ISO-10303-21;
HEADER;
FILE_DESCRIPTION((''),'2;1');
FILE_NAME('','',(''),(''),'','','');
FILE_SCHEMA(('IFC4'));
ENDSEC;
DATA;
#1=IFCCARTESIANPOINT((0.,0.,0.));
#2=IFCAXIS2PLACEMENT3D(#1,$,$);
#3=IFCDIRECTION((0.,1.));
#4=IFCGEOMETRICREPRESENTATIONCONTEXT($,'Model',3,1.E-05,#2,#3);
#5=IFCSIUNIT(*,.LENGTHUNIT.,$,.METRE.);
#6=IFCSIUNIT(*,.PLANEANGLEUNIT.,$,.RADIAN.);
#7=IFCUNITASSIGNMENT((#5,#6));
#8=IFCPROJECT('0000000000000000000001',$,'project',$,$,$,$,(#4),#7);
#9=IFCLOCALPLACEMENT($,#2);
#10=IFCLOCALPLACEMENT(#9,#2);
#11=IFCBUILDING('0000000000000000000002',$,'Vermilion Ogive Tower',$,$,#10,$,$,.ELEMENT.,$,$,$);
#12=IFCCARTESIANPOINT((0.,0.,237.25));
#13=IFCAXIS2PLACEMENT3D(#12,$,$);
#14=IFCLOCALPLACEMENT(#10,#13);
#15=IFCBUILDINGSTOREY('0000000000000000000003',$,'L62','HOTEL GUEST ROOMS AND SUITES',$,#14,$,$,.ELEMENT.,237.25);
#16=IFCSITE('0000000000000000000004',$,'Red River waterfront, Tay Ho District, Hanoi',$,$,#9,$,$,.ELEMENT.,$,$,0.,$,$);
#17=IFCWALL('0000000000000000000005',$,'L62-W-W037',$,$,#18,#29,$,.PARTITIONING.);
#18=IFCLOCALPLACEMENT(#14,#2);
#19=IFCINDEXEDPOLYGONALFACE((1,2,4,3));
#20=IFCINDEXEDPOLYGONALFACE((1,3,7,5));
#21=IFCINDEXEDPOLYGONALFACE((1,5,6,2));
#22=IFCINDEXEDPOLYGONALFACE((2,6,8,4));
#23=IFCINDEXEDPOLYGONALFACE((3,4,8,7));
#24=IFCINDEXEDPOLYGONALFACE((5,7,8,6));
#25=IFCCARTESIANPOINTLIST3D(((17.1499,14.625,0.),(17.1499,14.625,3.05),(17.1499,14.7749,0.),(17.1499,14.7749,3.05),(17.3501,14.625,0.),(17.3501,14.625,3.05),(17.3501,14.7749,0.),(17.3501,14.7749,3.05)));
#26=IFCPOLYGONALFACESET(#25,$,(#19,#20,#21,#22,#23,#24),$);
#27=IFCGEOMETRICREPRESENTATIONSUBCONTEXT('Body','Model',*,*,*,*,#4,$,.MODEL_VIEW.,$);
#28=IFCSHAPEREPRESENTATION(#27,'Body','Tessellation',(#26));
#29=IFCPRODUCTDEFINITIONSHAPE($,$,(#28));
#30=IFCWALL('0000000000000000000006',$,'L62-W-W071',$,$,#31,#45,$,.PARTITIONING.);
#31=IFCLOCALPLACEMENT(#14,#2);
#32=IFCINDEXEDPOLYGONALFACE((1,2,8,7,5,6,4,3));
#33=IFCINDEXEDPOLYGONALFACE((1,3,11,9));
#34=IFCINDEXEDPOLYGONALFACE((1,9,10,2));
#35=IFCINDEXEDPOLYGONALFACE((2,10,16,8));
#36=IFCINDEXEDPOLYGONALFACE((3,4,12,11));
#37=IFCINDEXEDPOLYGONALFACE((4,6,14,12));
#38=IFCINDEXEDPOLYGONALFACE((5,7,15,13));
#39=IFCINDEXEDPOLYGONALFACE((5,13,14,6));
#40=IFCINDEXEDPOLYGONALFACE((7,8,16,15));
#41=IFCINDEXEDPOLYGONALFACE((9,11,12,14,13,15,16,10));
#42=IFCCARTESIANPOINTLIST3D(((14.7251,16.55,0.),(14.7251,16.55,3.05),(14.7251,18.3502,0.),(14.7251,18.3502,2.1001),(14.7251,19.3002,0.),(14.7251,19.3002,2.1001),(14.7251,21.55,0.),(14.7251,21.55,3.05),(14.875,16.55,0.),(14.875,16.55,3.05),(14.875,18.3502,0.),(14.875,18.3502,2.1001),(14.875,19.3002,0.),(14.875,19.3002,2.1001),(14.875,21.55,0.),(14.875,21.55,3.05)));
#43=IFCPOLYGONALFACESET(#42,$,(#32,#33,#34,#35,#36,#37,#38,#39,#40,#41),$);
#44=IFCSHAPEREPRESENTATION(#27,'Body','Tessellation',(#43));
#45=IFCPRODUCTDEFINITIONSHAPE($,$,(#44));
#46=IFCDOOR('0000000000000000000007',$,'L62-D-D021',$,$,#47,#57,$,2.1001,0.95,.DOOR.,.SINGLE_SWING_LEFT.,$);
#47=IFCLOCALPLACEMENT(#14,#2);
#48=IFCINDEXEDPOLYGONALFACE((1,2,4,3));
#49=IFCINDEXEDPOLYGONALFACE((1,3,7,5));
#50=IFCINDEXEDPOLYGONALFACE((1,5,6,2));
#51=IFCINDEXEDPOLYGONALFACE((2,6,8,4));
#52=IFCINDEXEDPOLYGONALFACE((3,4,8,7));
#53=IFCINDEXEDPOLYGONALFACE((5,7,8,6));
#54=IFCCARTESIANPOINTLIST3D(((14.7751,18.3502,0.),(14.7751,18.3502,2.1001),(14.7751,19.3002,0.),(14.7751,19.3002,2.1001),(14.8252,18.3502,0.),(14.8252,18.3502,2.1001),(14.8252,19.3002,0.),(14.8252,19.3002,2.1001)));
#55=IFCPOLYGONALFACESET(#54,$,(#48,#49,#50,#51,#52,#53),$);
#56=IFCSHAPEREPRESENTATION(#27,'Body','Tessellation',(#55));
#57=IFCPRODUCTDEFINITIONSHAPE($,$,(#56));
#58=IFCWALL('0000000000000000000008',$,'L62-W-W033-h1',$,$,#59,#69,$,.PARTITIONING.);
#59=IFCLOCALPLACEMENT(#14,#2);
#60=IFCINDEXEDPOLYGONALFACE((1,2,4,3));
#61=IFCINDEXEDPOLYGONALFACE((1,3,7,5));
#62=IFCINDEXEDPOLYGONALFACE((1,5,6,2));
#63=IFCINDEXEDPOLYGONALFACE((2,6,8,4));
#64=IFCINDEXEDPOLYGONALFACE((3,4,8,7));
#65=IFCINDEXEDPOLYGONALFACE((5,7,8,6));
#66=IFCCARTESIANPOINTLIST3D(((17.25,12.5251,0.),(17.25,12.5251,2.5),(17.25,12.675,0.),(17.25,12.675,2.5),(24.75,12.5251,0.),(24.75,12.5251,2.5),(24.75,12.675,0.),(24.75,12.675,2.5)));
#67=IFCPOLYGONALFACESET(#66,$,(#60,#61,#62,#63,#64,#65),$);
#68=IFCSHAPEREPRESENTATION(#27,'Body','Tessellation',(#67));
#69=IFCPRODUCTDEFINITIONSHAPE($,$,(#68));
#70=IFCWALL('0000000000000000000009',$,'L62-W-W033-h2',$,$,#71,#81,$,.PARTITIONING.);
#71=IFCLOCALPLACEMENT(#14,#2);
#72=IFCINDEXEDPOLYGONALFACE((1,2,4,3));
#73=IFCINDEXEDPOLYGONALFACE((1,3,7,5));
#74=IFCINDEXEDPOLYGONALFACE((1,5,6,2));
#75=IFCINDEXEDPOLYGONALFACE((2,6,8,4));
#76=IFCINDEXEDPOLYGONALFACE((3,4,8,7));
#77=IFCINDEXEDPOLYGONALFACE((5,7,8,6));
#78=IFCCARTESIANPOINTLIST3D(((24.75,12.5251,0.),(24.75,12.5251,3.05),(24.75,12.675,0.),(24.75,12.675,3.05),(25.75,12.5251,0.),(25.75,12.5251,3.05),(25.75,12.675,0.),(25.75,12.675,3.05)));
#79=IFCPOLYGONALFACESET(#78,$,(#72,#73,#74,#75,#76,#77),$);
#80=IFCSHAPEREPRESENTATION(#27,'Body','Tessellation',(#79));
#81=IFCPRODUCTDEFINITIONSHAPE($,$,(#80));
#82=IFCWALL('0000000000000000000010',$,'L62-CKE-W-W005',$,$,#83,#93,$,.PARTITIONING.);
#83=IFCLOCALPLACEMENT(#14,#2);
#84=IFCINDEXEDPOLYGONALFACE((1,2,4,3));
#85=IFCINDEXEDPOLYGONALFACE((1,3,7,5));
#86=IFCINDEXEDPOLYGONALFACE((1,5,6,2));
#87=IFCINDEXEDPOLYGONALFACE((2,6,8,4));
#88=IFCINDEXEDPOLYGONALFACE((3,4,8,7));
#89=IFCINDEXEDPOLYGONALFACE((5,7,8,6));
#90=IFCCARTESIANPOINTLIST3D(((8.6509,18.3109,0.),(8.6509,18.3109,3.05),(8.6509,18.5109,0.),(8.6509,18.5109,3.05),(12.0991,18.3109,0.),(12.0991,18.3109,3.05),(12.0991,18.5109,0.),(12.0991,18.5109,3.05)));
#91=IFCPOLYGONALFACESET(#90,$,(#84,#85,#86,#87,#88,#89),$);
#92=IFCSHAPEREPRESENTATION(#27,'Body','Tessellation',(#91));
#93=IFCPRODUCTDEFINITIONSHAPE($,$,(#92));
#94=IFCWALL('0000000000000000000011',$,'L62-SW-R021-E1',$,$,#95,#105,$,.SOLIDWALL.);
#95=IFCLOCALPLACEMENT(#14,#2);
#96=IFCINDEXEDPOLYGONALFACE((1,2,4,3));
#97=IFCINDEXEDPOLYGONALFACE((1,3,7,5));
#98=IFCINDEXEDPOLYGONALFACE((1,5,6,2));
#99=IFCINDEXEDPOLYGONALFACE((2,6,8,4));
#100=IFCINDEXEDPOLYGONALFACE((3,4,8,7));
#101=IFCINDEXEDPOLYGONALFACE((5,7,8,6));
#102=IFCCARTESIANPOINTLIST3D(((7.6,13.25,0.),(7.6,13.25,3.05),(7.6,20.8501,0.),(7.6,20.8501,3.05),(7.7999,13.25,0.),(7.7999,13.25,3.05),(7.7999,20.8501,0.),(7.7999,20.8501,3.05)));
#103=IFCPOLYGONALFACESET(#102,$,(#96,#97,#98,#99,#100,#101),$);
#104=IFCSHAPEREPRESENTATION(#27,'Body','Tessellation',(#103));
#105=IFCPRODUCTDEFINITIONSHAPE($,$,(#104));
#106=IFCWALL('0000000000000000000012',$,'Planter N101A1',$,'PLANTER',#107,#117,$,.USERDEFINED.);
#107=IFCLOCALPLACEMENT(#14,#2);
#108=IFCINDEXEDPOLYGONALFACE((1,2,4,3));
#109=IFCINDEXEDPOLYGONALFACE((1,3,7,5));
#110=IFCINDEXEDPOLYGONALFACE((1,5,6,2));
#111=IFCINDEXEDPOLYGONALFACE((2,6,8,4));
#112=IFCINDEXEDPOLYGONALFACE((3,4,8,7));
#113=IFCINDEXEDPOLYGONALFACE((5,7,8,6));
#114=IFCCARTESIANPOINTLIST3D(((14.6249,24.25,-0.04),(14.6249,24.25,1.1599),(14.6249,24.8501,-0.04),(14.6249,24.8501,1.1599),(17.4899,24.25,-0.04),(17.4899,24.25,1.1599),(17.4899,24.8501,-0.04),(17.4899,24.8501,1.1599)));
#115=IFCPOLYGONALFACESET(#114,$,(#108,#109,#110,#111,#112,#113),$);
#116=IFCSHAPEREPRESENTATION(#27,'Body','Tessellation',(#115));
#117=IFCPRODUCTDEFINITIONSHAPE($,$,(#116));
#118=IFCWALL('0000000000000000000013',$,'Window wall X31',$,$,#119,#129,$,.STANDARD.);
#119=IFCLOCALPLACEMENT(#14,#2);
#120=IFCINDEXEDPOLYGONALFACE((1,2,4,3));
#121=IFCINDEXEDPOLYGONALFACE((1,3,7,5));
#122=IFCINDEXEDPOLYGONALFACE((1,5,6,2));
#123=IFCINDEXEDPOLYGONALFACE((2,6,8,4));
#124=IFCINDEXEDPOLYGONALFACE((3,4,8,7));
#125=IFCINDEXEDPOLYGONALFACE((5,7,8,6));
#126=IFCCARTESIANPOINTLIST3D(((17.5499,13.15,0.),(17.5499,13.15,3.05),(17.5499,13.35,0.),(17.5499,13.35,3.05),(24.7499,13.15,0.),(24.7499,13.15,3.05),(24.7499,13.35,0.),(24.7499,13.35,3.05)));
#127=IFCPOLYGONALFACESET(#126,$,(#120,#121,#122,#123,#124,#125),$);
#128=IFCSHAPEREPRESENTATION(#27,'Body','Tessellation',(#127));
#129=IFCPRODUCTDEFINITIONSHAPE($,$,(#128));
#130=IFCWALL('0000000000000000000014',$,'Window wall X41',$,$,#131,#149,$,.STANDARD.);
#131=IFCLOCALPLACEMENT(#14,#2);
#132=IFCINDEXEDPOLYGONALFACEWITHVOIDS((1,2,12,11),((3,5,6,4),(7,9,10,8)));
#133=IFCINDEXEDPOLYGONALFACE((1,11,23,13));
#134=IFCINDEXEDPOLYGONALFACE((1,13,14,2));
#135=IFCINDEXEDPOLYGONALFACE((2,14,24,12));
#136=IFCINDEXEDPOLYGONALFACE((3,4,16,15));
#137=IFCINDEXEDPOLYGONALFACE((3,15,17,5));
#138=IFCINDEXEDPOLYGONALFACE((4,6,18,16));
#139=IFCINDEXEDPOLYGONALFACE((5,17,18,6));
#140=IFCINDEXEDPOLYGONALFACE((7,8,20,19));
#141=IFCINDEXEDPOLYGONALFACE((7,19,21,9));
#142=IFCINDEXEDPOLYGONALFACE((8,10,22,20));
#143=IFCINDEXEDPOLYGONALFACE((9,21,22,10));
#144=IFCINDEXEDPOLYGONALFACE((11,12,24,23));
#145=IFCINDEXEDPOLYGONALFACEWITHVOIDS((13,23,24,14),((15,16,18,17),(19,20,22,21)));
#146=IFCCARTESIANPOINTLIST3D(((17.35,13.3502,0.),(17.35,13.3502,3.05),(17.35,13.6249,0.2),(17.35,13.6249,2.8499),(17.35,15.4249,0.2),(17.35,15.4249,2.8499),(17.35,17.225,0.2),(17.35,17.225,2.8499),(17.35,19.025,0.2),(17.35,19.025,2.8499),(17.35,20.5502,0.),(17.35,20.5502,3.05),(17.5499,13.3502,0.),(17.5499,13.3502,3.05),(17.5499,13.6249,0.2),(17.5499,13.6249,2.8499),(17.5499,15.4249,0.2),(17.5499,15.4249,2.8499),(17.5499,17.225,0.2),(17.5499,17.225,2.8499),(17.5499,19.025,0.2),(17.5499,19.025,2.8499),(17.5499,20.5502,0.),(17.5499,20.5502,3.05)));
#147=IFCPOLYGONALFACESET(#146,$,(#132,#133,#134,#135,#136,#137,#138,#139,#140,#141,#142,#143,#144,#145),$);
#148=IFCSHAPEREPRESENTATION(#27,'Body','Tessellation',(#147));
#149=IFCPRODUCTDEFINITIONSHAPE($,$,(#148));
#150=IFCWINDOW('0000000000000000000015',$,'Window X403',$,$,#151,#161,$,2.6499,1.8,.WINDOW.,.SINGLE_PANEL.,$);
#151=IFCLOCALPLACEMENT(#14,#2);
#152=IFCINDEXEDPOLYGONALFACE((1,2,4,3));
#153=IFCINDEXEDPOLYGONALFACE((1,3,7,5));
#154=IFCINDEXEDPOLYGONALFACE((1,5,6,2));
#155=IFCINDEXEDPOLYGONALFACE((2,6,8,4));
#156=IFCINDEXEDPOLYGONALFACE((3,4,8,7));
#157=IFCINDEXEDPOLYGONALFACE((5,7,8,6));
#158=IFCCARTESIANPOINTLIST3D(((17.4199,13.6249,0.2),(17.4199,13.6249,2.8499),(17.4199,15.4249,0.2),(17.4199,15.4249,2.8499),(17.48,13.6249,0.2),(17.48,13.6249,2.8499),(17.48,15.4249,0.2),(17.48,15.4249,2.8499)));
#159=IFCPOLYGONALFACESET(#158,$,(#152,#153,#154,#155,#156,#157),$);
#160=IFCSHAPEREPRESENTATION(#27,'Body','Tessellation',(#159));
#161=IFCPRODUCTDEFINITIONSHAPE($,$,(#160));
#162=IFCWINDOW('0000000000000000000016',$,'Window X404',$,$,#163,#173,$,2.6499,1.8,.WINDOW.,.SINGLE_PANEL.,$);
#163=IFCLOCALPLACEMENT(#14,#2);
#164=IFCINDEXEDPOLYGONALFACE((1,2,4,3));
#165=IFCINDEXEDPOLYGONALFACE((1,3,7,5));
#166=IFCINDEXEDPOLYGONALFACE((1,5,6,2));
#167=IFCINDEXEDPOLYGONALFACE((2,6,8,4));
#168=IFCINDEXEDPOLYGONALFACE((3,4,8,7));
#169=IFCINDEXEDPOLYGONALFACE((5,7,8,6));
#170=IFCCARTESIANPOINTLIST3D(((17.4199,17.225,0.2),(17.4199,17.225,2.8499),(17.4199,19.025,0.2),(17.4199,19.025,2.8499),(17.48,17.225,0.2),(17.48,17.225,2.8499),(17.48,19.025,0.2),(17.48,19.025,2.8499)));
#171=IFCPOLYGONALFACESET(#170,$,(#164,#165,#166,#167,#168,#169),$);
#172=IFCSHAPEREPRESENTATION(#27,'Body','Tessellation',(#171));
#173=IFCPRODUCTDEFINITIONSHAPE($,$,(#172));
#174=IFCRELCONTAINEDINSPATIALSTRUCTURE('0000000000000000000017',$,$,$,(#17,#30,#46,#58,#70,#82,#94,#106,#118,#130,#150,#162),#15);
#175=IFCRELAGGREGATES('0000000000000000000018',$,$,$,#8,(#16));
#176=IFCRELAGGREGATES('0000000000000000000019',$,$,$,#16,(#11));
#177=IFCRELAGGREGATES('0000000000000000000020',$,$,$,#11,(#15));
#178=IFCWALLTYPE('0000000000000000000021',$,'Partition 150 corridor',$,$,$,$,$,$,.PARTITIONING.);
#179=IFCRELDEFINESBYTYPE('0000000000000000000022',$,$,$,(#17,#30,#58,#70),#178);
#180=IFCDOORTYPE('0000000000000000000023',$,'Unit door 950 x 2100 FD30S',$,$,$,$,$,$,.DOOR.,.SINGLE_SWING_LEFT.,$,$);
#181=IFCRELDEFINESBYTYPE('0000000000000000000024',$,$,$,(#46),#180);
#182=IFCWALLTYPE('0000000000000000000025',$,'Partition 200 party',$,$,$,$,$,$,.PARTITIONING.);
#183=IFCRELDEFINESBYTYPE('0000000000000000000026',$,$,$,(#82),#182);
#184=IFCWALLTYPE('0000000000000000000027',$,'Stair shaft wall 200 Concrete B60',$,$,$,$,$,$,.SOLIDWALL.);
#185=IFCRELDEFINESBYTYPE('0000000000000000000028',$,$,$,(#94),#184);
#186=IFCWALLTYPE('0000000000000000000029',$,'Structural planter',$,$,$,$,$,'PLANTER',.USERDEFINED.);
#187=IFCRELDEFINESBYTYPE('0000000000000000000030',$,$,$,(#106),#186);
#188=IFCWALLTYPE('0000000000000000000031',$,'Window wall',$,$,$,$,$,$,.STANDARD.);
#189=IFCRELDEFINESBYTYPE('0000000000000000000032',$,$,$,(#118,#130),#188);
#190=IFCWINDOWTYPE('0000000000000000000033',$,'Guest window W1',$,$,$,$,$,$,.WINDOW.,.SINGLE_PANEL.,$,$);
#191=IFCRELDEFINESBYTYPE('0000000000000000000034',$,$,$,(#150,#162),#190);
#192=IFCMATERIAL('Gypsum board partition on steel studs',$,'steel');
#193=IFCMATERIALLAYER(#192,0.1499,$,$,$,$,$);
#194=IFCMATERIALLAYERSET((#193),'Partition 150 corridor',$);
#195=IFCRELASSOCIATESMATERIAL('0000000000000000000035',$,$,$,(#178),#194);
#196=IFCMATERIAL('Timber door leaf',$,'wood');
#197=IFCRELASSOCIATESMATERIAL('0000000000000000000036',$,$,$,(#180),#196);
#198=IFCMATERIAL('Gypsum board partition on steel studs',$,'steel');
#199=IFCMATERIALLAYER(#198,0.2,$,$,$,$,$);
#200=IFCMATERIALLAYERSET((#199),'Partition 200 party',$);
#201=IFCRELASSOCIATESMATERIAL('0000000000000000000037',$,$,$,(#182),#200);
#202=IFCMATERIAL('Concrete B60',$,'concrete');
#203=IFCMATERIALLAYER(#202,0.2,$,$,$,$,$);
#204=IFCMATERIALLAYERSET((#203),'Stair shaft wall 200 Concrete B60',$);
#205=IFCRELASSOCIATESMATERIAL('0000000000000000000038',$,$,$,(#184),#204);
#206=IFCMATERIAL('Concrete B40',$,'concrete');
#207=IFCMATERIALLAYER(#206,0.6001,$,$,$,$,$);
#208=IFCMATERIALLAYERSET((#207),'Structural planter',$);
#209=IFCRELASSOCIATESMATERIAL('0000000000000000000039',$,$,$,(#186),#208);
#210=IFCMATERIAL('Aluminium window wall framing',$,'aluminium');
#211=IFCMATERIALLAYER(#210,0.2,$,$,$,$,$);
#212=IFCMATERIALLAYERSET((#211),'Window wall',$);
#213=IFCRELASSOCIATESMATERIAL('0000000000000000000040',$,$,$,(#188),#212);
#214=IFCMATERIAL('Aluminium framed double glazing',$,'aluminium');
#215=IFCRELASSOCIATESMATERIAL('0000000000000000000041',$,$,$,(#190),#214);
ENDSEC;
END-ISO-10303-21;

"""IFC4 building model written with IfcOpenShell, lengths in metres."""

from ifc_helpers import new_model, si_unit, direction, frame, frame_2d, origin, place, context, subcontext, project, spatial, rectangle, extrude, material, layer, layer_set, type_object, element, fill, save


model = new_model("IFC4")

# Units and contexts
model_context = context("Model", 3, precision=1e-05, world=origin(), true_north=direction((0.0, 1.0)))
body_context = subcontext(model_context, "Body", "Model", "MODEL_VIEW")
ifc_project = project(units=[si_unit("LENGTHUNIT", "METRE"), si_unit("PLANEANGLEUNIT", "RADIAN")], contexts=[model_context])

# Site, building, storey
site_placement = place(None, origin())
site = spatial("IfcSite", under=ifc_project, at=site_placement, Name="Red River waterfront, Tay Ho District, Hanoi", CompositionType="ELEMENT", RefElevation=0.0)
building_placement = place(site_placement, origin())
building = spatial("IfcBuilding", under=site, at=building_placement, Name="Vermilion Ogive Tower", CompositionType="ELEMENT")
storey_placement = place(building_placement, frame((0.0, 0.0, 237.25)))
storey = spatial("IfcBuildingStorey", under=building, at=storey_placement, Name="L62", Description="HOTEL GUEST ROOMS AND SUITES", CompositionType="ELEMENT", Elevation=237.25)

# Wall
ifc_material_1 = material(Name="Gypsum board partition on steel studs", Category="steel")
ifc_layer_1 = layer(ifc_material_1, 0.1499)
ifc_layer_set_1 = layer_set([ifc_layer_1], Name="Partition 150 corridor")
wall_type_1 = type_object("IfcWallType", Name="Partition 150 corridor", PredefinedType="PARTITIONING", material=ifc_layer_set_1)
wall_1_placement = place(storey_placement, frame((17.1499, 14.7, 0.0), z_axis=(0.0, 0.0, 1.0), x_axis=(1.0, 0.0, 0.0)))
element("IfcWall", 1, at=wall_1_placement, inside=storey, type_object=wall_type_1, Name="L62-W-W037", PredefinedType="PARTITIONING", context=body_context, shape_type="SweptSolid", body=[
    extrude(rectangle(XDim=0.2002, YDim=0.1499, at=frame_2d((0.1001, 0.0))), origin(), (0.0, 0.0, 1.0), 3.05),
])

# Wall, opening, door
wall_2_placement = place(storey_placement, frame((14.8, 16.55, 0.0), z_axis=(0.0, 0.0, 1.0), x_axis=(0.0, 1.0, 0.0)))
wall_2 = element("IfcWall", 2, at=wall_2_placement, inside=storey, type_object=wall_type_1, Name="L62-W-W071", PredefinedType="PARTITIONING", context=body_context, shape_type="SweptSolid", body=[
    extrude(rectangle(XDim=5.0, YDim=0.1499, at=frame_2d((2.5, 0.0))), origin(), (0.0, 0.0, 1.0), 3.05),
])
opening_1_placement = place(wall_2_placement, frame((1.8, 0.0, 0.0)))
opening_1 = element("IfcOpeningElement", 3, at=opening_1_placement, cuts=wall_2, PredefinedType="OPENING", context=body_context, shape_type="SweptSolid", body=[
    extrude(rectangle(XDim=0.95, YDim=2.1001, at=frame_2d((0.4751, 1.05))), frame((0.0, 0.085, 0.0), z_axis=(0.0, -1.0, 0.0), x_axis=(1.0, 0.0, 0.0)), (0.0, 0.0, 1.0), 0.1699),
])
ifc_material_2 = material(Name="Timber door leaf", Category="wood")
door_type_1 = type_object("IfcDoorType", Name="Unit door 950 x 2100 FD30S", OperationType="SINGLE_SWING_LEFT", PredefinedType="DOOR", material=ifc_material_2)
door_1_placement = place(opening_1_placement, origin())
door_1 = element("IfcDoor", 4, at=door_1_placement, inside=storey, type_object=door_type_1, Name="L62-D-D021", OperationType="SINGLE_SWING_LEFT", OverallHeight=2.1001, OverallWidth=0.95, PredefinedType="DOOR", context=body_context, shape_type="SweptSolid", body=[
    extrude(rectangle(XDim=0.95, YDim=2.1001, at=frame_2d((0.4751, 1.05))), frame((0.0, 0.0249, 0.0), z_axis=(0.0, -1.0, 0.0), x_axis=(1.0, 0.0, 0.0)), (0.0, 0.0, 1.0), 0.05),
])
fill(opening_1, door_1)

# Walls
wall_3_placement = place(storey_placement, frame((17.25, 12.6001, 0.0), z_axis=(0.0, 0.0, 1.0), x_axis=(1.0, 0.0, 0.0)))
element("IfcWall", 5, at=wall_3_placement, inside=storey, type_object=wall_type_1, Name="L62-W-W033-h1", PredefinedType="PARTITIONING", context=body_context, shape_type="SweptSolid", body=[
    extrude(rectangle(XDim=7.5, YDim=0.1499, at=frame_2d((3.75, 0.0))), origin(), (0.0, 0.0, 1.0), 2.5),
])
wall_4_placement = place(storey_placement, frame((24.75, 12.6001, 0.0), z_axis=(0.0, 0.0, 1.0), x_axis=(1.0, 0.0, 0.0)))
element("IfcWall", 6, at=wall_4_placement, inside=storey, type_object=wall_type_1, Name="L62-W-W033-h2", PredefinedType="PARTITIONING", context=body_context, shape_type="SweptSolid", body=[
    extrude(rectangle(XDim=1.0, YDim=0.1499, at=frame_2d((0.5, 0.0))), origin(), (0.0, 0.0, 1.0), 3.05),
])
ifc_material_3 = material(Name="Gypsum board partition on steel studs", Category="steel")
ifc_layer_2 = layer(ifc_material_3, 0.2)
ifc_layer_set_2 = layer_set([ifc_layer_2], Name="Partition 200 party")
wall_type_2 = type_object("IfcWallType", Name="Partition 200 party", PredefinedType="PARTITIONING", material=ifc_layer_set_2)
wall_5_placement = place(storey_placement, frame((8.6509, 18.4109, 0.0), z_axis=(0.0, 0.0, 1.0), x_axis=(1.0, 0.0, 0.0)))
element("IfcWall", 7, at=wall_5_placement, inside=storey, type_object=wall_type_2, Name="L62-CKE-W-W005", PredefinedType="PARTITIONING", context=body_context, shape_type="SweptSolid", body=[
    extrude(rectangle(XDim=3.4482, YDim=0.2, at=frame_2d((1.7241, 0.0))), origin(), (0.0, 0.0, 1.0), 3.05),
])
ifc_material_4 = material(Name="Concrete B60", Category="concrete")
ifc_layer_3 = layer(ifc_material_4, 0.2)
ifc_layer_set_3 = layer_set([ifc_layer_3], Name="Stair shaft wall 200 Concrete B60")
wall_type_3 = type_object("IfcWallType", Name="Stair shaft wall 200 Concrete B60", PredefinedType="SOLIDWALL", material=ifc_layer_set_3)
wall_6_placement = place(storey_placement, frame((7.7, 13.25, 0.0), z_axis=(0.0, 0.0, 1.0), x_axis=(0.0, 1.0, 0.0)))
element("IfcWall", 8, at=wall_6_placement, inside=storey, type_object=wall_type_3, Name="L62-SW-R021-E1", PredefinedType="SOLIDWALL", context=body_context, shape_type="SweptSolid", body=[
    extrude(rectangle(XDim=7.6001, YDim=0.2, at=frame_2d((3.8, 0.0))), origin(), (0.0, 0.0, 1.0), 3.05),
])
ifc_material_5 = material(Name="Concrete B40", Category="concrete")
ifc_layer_4 = layer(ifc_material_5, 0.6001)
ifc_layer_set_4 = layer_set([ifc_layer_4], Name="Structural planter")
wall_type_4 = type_object("IfcWallType", Name="Structural planter", ElementType="PLANTER", PredefinedType="USERDEFINED", material=ifc_layer_set_4)
wall_7_placement = place(storey_placement, frame((17.49, 24.55, -0.04), z_axis=(0.0, 0.0, 1.0), x_axis=(-1.0, 0.0, 0.0)))
element("IfcWall", 9, at=wall_7_placement, inside=storey, type_object=wall_type_4, Name="Planter N101A1", ObjectType="PLANTER", PredefinedType="USERDEFINED", context=body_context, shape_type="SweptSolid", body=[
    extrude(rectangle(XDim=2.865, YDim=0.6001, at=frame_2d((1.4326, 0.0))), origin(), (0.0, 0.0, 1.0), 1.2),
])
ifc_material_6 = material(Name="Aluminium window wall framing", Category="aluminium")
ifc_layer_5 = layer(ifc_material_6, 0.2)
ifc_layer_set_5 = layer_set([ifc_layer_5], Name="Window wall")
wall_type_5 = type_object("IfcWallType", Name="Window wall", PredefinedType="STANDARD", material=ifc_layer_set_5)
wall_8_placement = place(storey_placement, frame((24.75, 13.25, 0.0), z_axis=(0.0, 0.0, 1.0), x_axis=(-1.0, 0.0, 0.0)))
element("IfcWall", 10, at=wall_8_placement, inside=storey, type_object=wall_type_5, Name="Window wall X31", PredefinedType="STANDARD", context=body_context, shape_type="SweptSolid", body=[
    extrude(rectangle(XDim=7.2, YDim=0.2, at=frame_2d((3.6001, 0.0))), origin(), (0.0, 0.0, 1.0), 3.05),
])

# Wall, openings, windows
wall_9_placement = place(storey_placement, frame((17.45, 13.3501, 0.0), z_axis=(0.0, 0.0, 1.0), x_axis=(0.0, 1.0, 0.0)))
wall_9 = element("IfcWall", 11, at=wall_9_placement, inside=storey, type_object=wall_type_5, Name="Window wall X41", PredefinedType="STANDARD", context=body_context, shape_type="SweptSolid", body=[
    extrude(rectangle(XDim=7.2, YDim=0.2, at=frame_2d((3.6001, 0.0))), origin(), (0.0, 0.0, 1.0), 3.05),
])
opening_2_placement = place(wall_9_placement, frame((0.2749, 0.0, 0.2)))
opening_2 = element("IfcOpeningElement", 12, at=opening_2_placement, cuts=wall_9, PredefinedType="OPENING", context=body_context, shape_type="SweptSolid", body=[
    extrude(rectangle(XDim=1.8, YDim=2.6499, at=frame_2d((0.8999, 1.325))), frame((0.0, 0.1099, 0.0), z_axis=(0.0, -1.0, 0.0), x_axis=(1.0, 0.0, 0.0)), (0.0, 0.0, 1.0), 0.22),
])
opening_3_placement = place(wall_9_placement, frame((3.875, 0.0, 0.2)))
opening_3 = element("IfcOpeningElement", 13, at=opening_3_placement, cuts=wall_9, PredefinedType="OPENING", context=body_context, shape_type="SweptSolid", body=[
    extrude(rectangle(XDim=1.8, YDim=2.6499, at=frame_2d((0.8999, 1.325))), frame((0.0, 0.1099, 0.0), z_axis=(0.0, -1.0, 0.0), x_axis=(1.0, 0.0, 0.0)), (0.0, 0.0, 1.0), 0.22),
])
ifc_material_7 = material(Name="Aluminium framed double glazing", Category="aluminium")
window_type = type_object("IfcWindowType", Name="Guest window W1", PartitioningType="SINGLE_PANEL", PredefinedType="WINDOW", material=ifc_material_7)
window_1_placement = place(opening_2_placement, origin())
window_1 = element("IfcWindow", 14, at=window_1_placement, inside=storey, type_object=window_type, Name="Window X403", OverallHeight=2.6499, OverallWidth=1.8, PartitioningType="SINGLE_PANEL", PredefinedType="WINDOW", context=body_context, shape_type="SweptSolid", body=[
    extrude(rectangle(XDim=1.8, YDim=2.6499, at=frame_2d((0.8999, 1.325))), frame((0.0, 0.03, 0.0), z_axis=(0.0, -1.0, 0.0), x_axis=(1.0, 0.0, 0.0)), (0.0, 0.0, 1.0), 0.0601),
])
fill(opening_2, window_1)
window_2_placement = place(opening_3_placement, origin())
window_2 = element("IfcWindow", 15, at=window_2_placement, inside=storey, type_object=window_type, Name="Window X404", OverallHeight=2.6499, OverallWidth=1.8, PartitioningType="SINGLE_PANEL", PredefinedType="WINDOW", context=body_context, shape_type="SweptSolid", body=[
    extrude(rectangle(XDim=1.8, YDim=2.6499, at=frame_2d((0.8999, 1.325))), frame((0.0, 0.03, 0.0), z_axis=(0.0, -1.0, 0.0), x_axis=(1.0, 0.0, 0.0)), (0.0, 0.0, 1.0), 0.0601),
])
fill(opening_3, window_2)

save(model, "model.ifc")
